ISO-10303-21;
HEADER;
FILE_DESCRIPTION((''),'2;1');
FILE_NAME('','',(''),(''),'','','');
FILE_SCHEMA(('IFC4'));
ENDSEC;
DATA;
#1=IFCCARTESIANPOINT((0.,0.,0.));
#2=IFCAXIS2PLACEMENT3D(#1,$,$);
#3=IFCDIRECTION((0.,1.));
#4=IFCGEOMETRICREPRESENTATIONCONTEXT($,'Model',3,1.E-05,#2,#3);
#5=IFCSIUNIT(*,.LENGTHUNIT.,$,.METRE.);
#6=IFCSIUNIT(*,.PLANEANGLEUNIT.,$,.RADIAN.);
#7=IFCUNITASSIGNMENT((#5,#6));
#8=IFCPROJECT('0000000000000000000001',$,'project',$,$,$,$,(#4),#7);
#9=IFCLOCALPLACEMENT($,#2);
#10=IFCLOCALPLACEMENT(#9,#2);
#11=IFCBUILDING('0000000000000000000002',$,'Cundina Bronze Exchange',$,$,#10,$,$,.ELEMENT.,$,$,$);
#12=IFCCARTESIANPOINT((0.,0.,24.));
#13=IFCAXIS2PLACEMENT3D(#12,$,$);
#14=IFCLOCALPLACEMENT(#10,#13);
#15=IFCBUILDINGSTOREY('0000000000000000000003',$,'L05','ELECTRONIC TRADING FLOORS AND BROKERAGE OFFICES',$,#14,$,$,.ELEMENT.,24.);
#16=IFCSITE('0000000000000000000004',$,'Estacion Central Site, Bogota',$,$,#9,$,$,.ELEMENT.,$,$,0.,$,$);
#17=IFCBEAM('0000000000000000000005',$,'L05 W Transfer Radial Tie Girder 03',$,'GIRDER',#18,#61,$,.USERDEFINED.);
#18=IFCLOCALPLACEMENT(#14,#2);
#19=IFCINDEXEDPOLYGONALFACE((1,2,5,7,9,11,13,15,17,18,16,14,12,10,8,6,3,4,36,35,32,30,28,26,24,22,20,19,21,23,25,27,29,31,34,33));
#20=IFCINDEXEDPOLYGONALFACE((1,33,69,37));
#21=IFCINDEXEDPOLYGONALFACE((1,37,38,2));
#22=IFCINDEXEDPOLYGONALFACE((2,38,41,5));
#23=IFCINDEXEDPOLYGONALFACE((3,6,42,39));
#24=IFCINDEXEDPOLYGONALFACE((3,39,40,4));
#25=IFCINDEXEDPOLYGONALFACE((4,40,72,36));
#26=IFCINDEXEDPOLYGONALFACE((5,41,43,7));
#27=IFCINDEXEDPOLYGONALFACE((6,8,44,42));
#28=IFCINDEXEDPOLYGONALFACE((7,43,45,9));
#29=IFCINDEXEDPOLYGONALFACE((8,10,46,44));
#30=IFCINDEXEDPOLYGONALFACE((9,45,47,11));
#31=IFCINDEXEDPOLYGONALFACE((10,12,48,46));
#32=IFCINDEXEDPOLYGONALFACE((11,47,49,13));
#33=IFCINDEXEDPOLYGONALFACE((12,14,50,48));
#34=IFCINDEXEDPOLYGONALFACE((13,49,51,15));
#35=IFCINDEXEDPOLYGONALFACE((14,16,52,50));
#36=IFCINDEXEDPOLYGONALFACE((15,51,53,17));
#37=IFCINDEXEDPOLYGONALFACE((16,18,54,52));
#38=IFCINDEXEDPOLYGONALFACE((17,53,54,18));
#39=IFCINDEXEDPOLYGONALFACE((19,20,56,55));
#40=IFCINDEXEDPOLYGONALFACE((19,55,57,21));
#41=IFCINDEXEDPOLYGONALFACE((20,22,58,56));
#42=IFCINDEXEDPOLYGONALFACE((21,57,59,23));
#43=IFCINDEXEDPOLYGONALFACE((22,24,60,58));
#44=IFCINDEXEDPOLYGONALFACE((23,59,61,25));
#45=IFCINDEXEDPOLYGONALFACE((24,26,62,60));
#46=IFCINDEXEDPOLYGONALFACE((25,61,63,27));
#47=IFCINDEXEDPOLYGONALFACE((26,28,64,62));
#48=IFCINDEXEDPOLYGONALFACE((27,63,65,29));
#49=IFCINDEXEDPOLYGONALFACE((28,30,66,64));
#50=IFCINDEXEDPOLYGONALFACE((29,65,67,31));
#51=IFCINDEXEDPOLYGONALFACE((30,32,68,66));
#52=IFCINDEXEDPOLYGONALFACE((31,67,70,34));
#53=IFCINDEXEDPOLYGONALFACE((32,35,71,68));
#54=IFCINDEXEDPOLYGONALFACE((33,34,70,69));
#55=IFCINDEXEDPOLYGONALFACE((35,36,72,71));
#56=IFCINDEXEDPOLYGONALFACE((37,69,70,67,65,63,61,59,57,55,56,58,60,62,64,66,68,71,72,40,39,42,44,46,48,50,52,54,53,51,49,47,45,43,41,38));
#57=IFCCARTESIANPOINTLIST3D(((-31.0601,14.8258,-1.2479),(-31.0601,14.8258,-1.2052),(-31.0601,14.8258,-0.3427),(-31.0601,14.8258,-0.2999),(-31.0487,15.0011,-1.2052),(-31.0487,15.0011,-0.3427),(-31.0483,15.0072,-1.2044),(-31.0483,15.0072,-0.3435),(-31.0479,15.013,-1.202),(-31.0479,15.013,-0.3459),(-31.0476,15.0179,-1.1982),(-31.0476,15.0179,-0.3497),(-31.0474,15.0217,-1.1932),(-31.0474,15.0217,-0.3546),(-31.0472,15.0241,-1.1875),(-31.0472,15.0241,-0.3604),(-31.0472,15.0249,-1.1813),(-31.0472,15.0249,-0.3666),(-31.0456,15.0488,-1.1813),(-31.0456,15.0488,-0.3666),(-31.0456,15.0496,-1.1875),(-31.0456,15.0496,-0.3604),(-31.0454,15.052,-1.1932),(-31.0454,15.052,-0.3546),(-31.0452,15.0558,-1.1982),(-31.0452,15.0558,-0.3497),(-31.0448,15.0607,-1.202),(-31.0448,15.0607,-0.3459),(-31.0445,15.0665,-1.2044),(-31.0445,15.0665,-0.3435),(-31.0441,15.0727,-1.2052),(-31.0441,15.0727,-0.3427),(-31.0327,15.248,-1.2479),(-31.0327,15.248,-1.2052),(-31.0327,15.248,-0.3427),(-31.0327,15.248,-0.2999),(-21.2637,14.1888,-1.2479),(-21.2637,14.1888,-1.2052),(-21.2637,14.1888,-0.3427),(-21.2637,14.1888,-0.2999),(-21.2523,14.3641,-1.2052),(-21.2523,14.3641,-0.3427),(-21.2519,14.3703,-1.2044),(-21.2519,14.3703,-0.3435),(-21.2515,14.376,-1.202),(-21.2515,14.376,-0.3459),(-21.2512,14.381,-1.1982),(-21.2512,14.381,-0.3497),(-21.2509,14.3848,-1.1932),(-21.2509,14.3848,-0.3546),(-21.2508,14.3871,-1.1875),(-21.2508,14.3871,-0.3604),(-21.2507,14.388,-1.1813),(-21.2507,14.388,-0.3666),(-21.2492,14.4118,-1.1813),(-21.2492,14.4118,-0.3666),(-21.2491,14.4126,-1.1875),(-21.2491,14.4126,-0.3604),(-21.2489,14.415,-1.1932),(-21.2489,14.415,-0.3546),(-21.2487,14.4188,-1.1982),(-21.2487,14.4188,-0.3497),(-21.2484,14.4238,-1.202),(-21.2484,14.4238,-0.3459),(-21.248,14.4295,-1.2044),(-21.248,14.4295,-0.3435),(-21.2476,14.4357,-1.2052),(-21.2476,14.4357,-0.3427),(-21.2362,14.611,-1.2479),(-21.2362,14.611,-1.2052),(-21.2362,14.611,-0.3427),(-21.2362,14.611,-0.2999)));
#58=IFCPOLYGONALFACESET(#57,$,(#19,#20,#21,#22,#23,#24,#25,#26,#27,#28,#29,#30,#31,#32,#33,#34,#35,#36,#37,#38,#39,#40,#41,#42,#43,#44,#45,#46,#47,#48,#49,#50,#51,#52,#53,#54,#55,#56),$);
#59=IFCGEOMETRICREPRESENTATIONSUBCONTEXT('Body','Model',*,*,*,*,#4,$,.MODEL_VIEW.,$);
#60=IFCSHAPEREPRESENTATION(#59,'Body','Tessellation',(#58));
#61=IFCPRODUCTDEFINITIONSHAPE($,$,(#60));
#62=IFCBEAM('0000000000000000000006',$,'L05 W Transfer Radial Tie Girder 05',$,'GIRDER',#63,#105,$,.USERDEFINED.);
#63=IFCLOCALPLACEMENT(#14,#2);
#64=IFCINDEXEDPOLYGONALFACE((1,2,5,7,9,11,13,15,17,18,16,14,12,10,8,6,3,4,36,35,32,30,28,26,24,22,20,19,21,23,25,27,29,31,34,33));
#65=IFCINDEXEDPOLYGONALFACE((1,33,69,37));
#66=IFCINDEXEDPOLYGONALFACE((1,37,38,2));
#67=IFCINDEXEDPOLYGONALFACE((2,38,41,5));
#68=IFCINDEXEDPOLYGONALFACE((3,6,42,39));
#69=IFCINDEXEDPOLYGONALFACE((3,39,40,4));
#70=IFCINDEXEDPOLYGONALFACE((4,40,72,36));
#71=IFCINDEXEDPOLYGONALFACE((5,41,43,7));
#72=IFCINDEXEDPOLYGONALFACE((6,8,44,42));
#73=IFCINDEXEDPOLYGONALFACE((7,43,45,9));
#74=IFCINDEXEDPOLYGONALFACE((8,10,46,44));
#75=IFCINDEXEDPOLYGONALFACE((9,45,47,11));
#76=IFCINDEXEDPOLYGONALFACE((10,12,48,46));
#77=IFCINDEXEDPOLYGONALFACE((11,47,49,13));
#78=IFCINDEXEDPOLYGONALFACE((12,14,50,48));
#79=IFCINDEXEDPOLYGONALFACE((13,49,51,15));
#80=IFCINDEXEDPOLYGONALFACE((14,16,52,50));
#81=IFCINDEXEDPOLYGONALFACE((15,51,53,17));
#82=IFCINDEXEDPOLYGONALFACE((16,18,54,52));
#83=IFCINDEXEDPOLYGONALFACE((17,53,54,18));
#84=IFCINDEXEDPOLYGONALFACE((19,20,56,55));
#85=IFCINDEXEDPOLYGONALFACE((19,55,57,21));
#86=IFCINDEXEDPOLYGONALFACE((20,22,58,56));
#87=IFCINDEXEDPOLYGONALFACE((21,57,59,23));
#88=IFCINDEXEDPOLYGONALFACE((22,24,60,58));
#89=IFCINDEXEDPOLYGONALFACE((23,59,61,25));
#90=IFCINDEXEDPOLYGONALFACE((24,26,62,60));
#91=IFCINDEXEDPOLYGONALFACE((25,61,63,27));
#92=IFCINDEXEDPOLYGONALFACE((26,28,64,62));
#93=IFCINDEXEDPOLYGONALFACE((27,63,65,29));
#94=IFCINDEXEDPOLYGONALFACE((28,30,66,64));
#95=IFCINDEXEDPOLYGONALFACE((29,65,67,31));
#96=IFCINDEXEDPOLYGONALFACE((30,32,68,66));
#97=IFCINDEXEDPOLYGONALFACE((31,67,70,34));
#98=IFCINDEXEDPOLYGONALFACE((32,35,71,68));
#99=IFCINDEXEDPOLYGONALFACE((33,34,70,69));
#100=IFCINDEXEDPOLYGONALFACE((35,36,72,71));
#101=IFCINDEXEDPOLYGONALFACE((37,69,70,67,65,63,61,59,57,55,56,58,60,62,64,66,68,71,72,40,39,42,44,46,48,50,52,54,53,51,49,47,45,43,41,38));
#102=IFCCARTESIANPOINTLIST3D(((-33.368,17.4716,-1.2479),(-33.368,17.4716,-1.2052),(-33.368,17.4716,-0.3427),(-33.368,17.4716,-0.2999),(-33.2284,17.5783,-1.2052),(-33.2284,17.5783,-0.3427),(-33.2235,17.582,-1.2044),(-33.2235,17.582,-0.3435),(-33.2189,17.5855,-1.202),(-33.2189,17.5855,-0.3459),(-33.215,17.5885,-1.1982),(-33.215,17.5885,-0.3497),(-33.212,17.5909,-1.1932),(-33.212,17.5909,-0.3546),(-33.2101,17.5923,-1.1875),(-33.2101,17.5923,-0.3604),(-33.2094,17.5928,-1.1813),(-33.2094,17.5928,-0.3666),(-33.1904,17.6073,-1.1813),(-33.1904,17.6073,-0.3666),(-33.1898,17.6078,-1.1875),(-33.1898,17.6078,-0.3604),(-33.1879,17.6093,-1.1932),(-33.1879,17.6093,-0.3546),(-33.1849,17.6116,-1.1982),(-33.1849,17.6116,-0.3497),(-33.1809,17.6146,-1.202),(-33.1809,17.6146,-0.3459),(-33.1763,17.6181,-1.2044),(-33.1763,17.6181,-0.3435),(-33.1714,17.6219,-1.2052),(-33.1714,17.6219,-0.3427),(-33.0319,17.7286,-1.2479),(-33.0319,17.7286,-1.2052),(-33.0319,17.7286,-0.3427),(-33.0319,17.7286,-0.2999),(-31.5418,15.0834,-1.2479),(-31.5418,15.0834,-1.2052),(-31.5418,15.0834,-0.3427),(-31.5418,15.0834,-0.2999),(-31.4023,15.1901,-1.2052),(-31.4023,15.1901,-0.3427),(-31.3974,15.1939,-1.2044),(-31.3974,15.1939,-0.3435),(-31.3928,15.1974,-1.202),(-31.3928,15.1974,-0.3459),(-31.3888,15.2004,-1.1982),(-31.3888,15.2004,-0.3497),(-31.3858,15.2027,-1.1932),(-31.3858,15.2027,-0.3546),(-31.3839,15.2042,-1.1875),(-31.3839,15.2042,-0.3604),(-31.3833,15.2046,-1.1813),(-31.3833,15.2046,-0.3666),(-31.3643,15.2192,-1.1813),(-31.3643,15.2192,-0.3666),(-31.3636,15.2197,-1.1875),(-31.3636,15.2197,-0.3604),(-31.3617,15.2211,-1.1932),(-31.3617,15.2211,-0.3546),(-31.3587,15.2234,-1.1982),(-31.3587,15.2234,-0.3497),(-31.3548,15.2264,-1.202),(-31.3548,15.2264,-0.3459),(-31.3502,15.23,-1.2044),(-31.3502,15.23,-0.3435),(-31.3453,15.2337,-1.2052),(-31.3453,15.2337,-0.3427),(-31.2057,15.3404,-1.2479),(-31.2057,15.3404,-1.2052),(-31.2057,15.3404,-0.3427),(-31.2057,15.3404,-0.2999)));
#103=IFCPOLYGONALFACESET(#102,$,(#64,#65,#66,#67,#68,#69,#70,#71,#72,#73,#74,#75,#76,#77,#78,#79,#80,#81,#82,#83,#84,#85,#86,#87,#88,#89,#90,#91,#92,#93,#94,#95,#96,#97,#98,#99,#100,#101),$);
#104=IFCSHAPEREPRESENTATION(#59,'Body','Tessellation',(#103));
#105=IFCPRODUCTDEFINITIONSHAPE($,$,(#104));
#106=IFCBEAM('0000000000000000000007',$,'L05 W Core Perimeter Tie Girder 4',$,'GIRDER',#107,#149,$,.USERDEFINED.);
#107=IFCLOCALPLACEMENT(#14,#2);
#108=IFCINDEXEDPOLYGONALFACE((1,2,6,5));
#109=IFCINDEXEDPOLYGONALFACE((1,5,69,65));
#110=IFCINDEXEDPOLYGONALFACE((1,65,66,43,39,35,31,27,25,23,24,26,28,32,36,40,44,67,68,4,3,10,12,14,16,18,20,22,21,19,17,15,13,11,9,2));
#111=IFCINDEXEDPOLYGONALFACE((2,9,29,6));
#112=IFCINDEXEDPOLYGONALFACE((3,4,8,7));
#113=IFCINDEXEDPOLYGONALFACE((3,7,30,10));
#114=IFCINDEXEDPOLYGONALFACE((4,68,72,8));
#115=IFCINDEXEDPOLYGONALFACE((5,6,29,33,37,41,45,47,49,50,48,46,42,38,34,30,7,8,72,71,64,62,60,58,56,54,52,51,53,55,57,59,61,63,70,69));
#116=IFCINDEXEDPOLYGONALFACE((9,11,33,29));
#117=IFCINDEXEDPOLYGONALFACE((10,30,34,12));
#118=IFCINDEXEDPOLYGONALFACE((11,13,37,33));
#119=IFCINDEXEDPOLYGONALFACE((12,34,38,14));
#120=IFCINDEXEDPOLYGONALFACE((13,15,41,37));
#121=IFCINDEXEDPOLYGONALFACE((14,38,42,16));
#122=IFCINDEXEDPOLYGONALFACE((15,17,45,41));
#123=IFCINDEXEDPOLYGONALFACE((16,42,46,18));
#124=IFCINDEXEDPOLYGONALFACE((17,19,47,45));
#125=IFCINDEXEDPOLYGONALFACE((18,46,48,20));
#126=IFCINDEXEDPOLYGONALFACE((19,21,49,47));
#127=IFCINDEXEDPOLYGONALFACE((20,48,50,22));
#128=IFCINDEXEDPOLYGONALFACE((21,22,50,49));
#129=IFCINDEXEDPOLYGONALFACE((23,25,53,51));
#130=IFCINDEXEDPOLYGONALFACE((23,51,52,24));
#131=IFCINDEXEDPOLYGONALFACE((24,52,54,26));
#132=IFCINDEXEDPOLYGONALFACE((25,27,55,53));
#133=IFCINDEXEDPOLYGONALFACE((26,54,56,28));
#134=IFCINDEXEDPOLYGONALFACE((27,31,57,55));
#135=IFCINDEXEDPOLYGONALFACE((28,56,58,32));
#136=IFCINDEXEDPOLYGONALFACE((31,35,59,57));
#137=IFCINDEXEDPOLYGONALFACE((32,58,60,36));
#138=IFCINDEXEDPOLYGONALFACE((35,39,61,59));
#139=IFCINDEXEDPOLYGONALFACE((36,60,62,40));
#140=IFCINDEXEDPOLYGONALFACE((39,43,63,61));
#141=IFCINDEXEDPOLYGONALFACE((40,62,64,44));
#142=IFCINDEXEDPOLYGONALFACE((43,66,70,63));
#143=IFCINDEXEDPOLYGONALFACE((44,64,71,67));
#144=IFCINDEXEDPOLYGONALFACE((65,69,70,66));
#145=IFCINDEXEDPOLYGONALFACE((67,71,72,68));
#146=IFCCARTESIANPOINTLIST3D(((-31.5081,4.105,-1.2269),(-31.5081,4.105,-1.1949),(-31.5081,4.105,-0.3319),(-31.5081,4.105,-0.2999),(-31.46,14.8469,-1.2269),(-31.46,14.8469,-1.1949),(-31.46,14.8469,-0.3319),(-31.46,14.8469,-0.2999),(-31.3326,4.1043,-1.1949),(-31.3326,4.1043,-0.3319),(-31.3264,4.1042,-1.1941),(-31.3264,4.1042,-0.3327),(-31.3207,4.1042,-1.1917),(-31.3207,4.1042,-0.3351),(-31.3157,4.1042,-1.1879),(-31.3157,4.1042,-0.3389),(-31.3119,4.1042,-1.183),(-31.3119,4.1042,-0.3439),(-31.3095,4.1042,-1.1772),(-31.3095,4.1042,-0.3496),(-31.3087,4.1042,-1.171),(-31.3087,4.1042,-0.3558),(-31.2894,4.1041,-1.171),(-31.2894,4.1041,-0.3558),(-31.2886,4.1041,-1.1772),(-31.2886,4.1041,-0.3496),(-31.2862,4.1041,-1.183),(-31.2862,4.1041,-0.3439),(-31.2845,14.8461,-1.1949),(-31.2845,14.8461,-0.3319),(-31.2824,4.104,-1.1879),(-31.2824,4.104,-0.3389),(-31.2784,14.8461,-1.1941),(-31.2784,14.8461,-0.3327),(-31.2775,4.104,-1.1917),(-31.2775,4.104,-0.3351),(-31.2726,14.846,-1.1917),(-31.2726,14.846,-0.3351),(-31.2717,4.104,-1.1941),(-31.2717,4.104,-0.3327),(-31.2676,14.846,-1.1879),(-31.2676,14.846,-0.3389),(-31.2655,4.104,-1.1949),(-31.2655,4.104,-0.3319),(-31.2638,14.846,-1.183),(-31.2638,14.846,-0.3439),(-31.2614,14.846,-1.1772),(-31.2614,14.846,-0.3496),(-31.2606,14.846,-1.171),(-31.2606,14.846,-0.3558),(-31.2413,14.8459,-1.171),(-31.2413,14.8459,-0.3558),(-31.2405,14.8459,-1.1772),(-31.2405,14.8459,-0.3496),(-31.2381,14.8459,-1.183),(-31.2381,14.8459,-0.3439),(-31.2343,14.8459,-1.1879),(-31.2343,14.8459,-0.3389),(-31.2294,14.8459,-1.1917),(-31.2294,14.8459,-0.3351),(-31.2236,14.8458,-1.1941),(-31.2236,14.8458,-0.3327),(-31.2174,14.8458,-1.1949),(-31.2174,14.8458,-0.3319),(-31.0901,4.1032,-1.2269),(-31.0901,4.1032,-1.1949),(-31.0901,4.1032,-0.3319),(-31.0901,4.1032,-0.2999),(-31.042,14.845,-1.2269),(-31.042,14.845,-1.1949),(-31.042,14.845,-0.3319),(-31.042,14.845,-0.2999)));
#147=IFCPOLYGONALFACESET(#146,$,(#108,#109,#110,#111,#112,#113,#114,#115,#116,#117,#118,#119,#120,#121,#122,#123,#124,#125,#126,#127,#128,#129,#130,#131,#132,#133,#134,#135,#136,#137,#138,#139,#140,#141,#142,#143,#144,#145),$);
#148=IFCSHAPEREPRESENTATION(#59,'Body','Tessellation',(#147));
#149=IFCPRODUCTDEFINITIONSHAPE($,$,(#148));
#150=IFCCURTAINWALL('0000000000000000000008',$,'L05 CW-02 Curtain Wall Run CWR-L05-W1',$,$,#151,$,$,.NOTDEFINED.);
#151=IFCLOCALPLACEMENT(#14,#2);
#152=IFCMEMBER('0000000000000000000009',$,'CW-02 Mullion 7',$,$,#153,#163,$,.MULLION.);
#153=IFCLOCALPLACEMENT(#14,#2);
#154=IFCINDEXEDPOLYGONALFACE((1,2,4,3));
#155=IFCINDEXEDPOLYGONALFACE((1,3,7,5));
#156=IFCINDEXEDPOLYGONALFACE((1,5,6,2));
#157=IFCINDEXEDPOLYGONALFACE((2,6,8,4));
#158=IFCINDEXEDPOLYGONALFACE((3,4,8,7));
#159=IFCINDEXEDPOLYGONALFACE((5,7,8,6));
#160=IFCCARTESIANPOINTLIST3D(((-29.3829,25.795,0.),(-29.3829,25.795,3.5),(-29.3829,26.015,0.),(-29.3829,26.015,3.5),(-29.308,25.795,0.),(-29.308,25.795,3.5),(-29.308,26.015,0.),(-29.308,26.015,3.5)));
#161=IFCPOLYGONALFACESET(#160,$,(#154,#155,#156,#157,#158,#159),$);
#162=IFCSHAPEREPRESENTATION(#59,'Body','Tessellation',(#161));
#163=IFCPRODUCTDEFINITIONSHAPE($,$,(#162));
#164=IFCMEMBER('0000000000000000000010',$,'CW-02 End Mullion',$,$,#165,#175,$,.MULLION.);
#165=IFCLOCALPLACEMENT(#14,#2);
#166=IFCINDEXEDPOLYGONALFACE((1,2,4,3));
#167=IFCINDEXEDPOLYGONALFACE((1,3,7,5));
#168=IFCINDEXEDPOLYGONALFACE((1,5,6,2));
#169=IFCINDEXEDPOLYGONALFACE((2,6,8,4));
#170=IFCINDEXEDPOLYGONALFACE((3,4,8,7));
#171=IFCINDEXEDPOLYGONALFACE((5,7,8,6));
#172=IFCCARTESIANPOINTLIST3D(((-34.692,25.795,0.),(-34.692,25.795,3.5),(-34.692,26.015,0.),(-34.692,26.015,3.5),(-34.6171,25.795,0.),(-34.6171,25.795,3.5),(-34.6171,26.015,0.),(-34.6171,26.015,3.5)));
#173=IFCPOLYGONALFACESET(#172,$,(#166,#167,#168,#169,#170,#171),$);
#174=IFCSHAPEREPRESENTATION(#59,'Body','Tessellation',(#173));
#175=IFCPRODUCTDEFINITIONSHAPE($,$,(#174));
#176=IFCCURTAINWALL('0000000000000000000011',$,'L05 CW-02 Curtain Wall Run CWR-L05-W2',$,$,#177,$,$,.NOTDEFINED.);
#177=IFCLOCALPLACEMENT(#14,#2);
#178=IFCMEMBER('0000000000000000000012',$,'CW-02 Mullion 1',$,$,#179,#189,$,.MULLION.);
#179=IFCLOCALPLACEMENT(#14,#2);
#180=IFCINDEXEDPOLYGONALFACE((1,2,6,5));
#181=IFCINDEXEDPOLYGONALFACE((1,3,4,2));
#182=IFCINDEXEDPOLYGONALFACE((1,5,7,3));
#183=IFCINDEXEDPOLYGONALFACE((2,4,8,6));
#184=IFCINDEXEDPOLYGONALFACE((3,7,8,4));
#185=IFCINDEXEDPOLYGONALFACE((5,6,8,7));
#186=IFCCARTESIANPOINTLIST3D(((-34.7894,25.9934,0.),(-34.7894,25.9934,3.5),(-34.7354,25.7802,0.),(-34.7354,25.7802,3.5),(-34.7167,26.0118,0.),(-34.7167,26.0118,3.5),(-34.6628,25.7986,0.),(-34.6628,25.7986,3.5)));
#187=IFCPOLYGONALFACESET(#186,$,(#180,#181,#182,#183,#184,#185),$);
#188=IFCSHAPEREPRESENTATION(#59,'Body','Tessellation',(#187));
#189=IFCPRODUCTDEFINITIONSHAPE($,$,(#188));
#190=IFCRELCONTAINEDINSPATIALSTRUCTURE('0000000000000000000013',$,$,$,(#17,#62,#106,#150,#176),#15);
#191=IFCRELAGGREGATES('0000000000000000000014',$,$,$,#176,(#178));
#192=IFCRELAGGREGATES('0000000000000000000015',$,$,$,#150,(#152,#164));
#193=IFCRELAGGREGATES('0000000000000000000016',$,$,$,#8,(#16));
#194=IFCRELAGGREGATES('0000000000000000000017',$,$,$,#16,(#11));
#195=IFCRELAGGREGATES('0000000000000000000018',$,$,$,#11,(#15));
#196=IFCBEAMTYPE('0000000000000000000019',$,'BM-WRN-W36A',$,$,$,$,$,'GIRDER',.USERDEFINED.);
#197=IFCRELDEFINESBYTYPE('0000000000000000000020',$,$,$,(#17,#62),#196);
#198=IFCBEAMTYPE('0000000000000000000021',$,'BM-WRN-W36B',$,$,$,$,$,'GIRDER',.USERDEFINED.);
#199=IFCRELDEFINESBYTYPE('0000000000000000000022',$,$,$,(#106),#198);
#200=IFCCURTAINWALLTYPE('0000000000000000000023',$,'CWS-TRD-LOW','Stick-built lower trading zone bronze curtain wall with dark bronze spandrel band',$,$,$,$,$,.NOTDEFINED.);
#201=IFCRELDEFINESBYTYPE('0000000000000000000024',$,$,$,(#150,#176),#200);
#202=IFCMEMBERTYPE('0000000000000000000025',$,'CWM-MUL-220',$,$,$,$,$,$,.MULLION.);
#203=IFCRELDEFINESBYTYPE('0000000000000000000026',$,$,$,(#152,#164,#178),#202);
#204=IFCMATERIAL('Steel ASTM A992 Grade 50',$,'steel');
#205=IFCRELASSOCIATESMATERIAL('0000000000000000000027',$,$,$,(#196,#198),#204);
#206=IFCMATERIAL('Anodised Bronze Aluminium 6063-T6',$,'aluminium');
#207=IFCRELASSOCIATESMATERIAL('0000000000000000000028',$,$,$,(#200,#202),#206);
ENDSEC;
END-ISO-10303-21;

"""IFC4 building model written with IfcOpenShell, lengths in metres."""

from ifc_helpers import new_model, si_unit, direction, frame, origin, origin_2d, place, context, subcontext, project, spatial, rectangle, i_section, extrude, material, material_profile, profile_set, type_object, element, aggregate, save


model = new_model("IFC4")

# Units and contexts
model_context = context("Model", 3, precision=1e-05, world=origin(), true_north=direction((0.0, 1.0)))
body_context = subcontext(model_context, "Body", "Model", "MODEL_VIEW")
ifc_project = project(units=[si_unit("LENGTHUNIT", "METRE"), si_unit("PLANEANGLEUNIT", "RADIAN")], contexts=[model_context])

# Site, building, storey
site_placement = place(None, origin())
site = spatial("IfcSite", under=ifc_project, at=site_placement, Name="Estacion Central Site, Bogota", CompositionType="ELEMENT", RefElevation=0.0)
building_placement = place(site_placement, origin())
building = spatial("IfcBuilding", under=site, at=building_placement, Name="Cundina Bronze Exchange", CompositionType="ELEMENT")
storey_placement = place(building_placement, frame((0.0, 0.0, 24.0)))
storey = spatial("IfcBuildingStorey", under=building, at=storey_placement, Name="L05", Description="ELECTRONIC TRADING FLOORS AND BROKERAGE OFFICES", CompositionType="ELEMENT", Elevation=24.0)

# Shared definitions
ifc_material_1 = material(Name="Steel ASTM A992 Grade 50", Category="steel")

# Beams
ifc_material_profile_1 = material_profile(ifc_material_1, i_section(OverallWidth=0.4231, OverallDepth=0.948, WebThickness=0.0239, FlangeThickness=0.0427, FilletRadius=0.0239, at=origin_2d()), Name="W36X302", Category="steel")
ifc_profile_set_1 = profile_set([ifc_material_profile_1], Name="Steel ASTM A992 Grade 50")
beam_type_1 = type_object("IfcBeamType", Name="BM-WRN-W36A", ElementType="GIRDER", PredefinedType="USERDEFINED", material=ifc_profile_set_1)
beam_1_placement = place(storey_placement, frame((-31.0464, 15.0369, -0.7739), z_axis=(0.997893, -0.064883, 0.0), x_axis=(0.064883, 0.997893, 0.0)))
element("IfcBeam", 1, at=beam_1_placement, inside=storey, type_object=beam_type_1, Name="L05 W Transfer Radial Tie Girder 03", ObjectType="GIRDER", PredefinedType="USERDEFINED", context=body_context, shape_type="SweptSolid", body=[
    extrude(i_section(OverallWidth=0.4231, OverallDepth=0.948, WebThickness=0.0239, FlangeThickness=0.0427, FilletRadius=0.0239, at=origin_2d()), origin(), (0.0, 0.0, 1.0), 9.8171),
])
beam_2_placement = place(storey_placement, frame((-31.3738, 15.2119, -0.7739), z_axis=(-0.607432, 0.794372, 0.0), x_axis=(-0.794372, -0.607432, 0.0)))
element("IfcBeam", 2, at=beam_2_placement, inside=storey, type_object=beam_type_1, Name="L05 W Transfer Radial Tie Girder 05", ObjectType="GIRDER", PredefinedType="USERDEFINED", context=body_context, shape_type="SweptSolid", body=[
    extrude(i_section(OverallWidth=0.4231, OverallDepth=0.948, WebThickness=0.0239, FlangeThickness=0.0427, FilletRadius=0.0239, at=origin_2d()), origin(), (0.0, 0.0, 1.0), 3.0063),
])
ifc_material_profile_2 = material_profile(ifc_material_1, i_section(OverallWidth=0.418, OverallDepth=0.927, WebThickness=0.0193, FlangeThickness=0.032, FilletRadius=0.0239, at=origin_2d()), Name="W36X231", Category="steel")
ifc_profile_set_2 = profile_set([ifc_material_profile_2], Name="Steel ASTM A992 Grade 50")
beam_type_2 = type_object("IfcBeamType", Name="BM-WRN-W36B", ElementType="GIRDER", PredefinedType="USERDEFINED", material=ifc_profile_set_2)
beam_3_placement = place(storey_placement, frame((-31.251, 14.8459, -0.7634), z_axis=(-0.004477, -0.99999, 0.0), x_axis=(0.99999, -0.004477, 0.0)))
element("IfcBeam", 3, at=beam_3_placement, inside=storey, type_object=beam_type_2, Name="L05 W Core Perimeter Tie Girder 4", ObjectType="GIRDER", PredefinedType="USERDEFINED", context=body_context, shape_type="SweptSolid", body=[
    extrude(i_section(OverallWidth=0.418, OverallDepth=0.927, WebThickness=0.0193, FlangeThickness=0.032, FilletRadius=0.0239, at=origin_2d()), origin(), (0.0, 0.0, 1.0), 10.7419),
])

# Curtain wall, members
ifc_material_2 = material(Name="Anodised Bronze Aluminium 6063-T6", Category="aluminium")
curtain_wall_type = type_object("IfcCurtainWallType", Name="CWS-TRD-LOW", Description="Stick-built lower trading zone bronze curtain wall with dark bronze spandrel band", PredefinedType="NOTDEFINED", material=ifc_material_2)
curtain_wall_1_placement = place(storey_placement, origin())
curtain_wall_1 = element("IfcCurtainWall", 4, at=curtain_wall_1_placement, inside=storey, type_object=curtain_wall_type, Name="L05 CW-02 Curtain Wall Run CWR-L05-W1", PredefinedType="NOTDEFINED")
ifc_material_profile_3 = material_profile(ifc_material_2, rectangle(XDim=0.075, YDim=0.22, at=origin_2d()), Name="AL75X220", Category="aluminium")
ifc_profile_set_3 = profile_set([ifc_material_profile_3], Name="Anodised Bronze Aluminium 6063-T6")
member_type_1 = type_object("IfcMemberType", Name="CWM-MUL-220", PredefinedType="MULLION", material=ifc_profile_set_3)
member_1_placement = place(storey_placement, frame((-29.3455, 25.905, 0.0), z_axis=(0.0, 0.0, 1.0), x_axis=(-1.0, 0.0, 0.0)))
member_1 = element("IfcMember", 5, at=member_1_placement, type_object=member_type_1, Name="CW-02 Mullion 7", PredefinedType="MULLION", context=body_context, shape_type="SweptSolid", body=[
    extrude(rectangle(XDim=0.075, YDim=0.22, at=origin_2d()), origin(), (0.0, 0.0, 1.0), 3.5),
])
member_2_placement = place(storey_placement, frame((-34.6545, 25.905, 0.0), z_axis=(0.0, 0.0, 1.0), x_axis=(-1.0, 0.0, 0.0)))
member_2 = element("IfcMember", 6, at=member_2_placement, type_object=member_type_1, Name="CW-02 End Mullion", PredefinedType="MULLION", context=body_context, shape_type="SweptSolid", body=[
    extrude(rectangle(XDim=0.075, YDim=0.22, at=origin_2d()), origin(), (0.0, 0.0, 1.0), 3.5),
])

# Curtain wall, member
curtain_wall_2_placement = place(storey_placement, origin())
curtain_wall_2 = element("IfcCurtainWall", 7, at=curtain_wall_2_placement, inside=storey, type_object=curtain_wall_type, Name="L05 CW-02 Curtain Wall Run CWR-L05-W2", PredefinedType="NOTDEFINED")
member_3_placement = place(storey_placement, frame((-34.7261, 25.896, 0.0), z_axis=(0.0, 0.0, 1.0), x_axis=(-0.969488, -0.245138, 0.0)))
member_3 = element("IfcMember", 8, at=member_3_placement, type_object=member_type_1, Name="CW-02 Mullion 1", PredefinedType="MULLION", context=body_context, shape_type="SweptSolid", body=[
    extrude(rectangle(XDim=0.075, YDim=0.22, at=origin_2d()), origin(), (0.0, 0.0, 1.0), 3.5),
])

aggregate(curtain_wall_2, [member_3])

aggregate(curtain_wall_1, [member_1, member_2])

save(model, "model.ifc")
